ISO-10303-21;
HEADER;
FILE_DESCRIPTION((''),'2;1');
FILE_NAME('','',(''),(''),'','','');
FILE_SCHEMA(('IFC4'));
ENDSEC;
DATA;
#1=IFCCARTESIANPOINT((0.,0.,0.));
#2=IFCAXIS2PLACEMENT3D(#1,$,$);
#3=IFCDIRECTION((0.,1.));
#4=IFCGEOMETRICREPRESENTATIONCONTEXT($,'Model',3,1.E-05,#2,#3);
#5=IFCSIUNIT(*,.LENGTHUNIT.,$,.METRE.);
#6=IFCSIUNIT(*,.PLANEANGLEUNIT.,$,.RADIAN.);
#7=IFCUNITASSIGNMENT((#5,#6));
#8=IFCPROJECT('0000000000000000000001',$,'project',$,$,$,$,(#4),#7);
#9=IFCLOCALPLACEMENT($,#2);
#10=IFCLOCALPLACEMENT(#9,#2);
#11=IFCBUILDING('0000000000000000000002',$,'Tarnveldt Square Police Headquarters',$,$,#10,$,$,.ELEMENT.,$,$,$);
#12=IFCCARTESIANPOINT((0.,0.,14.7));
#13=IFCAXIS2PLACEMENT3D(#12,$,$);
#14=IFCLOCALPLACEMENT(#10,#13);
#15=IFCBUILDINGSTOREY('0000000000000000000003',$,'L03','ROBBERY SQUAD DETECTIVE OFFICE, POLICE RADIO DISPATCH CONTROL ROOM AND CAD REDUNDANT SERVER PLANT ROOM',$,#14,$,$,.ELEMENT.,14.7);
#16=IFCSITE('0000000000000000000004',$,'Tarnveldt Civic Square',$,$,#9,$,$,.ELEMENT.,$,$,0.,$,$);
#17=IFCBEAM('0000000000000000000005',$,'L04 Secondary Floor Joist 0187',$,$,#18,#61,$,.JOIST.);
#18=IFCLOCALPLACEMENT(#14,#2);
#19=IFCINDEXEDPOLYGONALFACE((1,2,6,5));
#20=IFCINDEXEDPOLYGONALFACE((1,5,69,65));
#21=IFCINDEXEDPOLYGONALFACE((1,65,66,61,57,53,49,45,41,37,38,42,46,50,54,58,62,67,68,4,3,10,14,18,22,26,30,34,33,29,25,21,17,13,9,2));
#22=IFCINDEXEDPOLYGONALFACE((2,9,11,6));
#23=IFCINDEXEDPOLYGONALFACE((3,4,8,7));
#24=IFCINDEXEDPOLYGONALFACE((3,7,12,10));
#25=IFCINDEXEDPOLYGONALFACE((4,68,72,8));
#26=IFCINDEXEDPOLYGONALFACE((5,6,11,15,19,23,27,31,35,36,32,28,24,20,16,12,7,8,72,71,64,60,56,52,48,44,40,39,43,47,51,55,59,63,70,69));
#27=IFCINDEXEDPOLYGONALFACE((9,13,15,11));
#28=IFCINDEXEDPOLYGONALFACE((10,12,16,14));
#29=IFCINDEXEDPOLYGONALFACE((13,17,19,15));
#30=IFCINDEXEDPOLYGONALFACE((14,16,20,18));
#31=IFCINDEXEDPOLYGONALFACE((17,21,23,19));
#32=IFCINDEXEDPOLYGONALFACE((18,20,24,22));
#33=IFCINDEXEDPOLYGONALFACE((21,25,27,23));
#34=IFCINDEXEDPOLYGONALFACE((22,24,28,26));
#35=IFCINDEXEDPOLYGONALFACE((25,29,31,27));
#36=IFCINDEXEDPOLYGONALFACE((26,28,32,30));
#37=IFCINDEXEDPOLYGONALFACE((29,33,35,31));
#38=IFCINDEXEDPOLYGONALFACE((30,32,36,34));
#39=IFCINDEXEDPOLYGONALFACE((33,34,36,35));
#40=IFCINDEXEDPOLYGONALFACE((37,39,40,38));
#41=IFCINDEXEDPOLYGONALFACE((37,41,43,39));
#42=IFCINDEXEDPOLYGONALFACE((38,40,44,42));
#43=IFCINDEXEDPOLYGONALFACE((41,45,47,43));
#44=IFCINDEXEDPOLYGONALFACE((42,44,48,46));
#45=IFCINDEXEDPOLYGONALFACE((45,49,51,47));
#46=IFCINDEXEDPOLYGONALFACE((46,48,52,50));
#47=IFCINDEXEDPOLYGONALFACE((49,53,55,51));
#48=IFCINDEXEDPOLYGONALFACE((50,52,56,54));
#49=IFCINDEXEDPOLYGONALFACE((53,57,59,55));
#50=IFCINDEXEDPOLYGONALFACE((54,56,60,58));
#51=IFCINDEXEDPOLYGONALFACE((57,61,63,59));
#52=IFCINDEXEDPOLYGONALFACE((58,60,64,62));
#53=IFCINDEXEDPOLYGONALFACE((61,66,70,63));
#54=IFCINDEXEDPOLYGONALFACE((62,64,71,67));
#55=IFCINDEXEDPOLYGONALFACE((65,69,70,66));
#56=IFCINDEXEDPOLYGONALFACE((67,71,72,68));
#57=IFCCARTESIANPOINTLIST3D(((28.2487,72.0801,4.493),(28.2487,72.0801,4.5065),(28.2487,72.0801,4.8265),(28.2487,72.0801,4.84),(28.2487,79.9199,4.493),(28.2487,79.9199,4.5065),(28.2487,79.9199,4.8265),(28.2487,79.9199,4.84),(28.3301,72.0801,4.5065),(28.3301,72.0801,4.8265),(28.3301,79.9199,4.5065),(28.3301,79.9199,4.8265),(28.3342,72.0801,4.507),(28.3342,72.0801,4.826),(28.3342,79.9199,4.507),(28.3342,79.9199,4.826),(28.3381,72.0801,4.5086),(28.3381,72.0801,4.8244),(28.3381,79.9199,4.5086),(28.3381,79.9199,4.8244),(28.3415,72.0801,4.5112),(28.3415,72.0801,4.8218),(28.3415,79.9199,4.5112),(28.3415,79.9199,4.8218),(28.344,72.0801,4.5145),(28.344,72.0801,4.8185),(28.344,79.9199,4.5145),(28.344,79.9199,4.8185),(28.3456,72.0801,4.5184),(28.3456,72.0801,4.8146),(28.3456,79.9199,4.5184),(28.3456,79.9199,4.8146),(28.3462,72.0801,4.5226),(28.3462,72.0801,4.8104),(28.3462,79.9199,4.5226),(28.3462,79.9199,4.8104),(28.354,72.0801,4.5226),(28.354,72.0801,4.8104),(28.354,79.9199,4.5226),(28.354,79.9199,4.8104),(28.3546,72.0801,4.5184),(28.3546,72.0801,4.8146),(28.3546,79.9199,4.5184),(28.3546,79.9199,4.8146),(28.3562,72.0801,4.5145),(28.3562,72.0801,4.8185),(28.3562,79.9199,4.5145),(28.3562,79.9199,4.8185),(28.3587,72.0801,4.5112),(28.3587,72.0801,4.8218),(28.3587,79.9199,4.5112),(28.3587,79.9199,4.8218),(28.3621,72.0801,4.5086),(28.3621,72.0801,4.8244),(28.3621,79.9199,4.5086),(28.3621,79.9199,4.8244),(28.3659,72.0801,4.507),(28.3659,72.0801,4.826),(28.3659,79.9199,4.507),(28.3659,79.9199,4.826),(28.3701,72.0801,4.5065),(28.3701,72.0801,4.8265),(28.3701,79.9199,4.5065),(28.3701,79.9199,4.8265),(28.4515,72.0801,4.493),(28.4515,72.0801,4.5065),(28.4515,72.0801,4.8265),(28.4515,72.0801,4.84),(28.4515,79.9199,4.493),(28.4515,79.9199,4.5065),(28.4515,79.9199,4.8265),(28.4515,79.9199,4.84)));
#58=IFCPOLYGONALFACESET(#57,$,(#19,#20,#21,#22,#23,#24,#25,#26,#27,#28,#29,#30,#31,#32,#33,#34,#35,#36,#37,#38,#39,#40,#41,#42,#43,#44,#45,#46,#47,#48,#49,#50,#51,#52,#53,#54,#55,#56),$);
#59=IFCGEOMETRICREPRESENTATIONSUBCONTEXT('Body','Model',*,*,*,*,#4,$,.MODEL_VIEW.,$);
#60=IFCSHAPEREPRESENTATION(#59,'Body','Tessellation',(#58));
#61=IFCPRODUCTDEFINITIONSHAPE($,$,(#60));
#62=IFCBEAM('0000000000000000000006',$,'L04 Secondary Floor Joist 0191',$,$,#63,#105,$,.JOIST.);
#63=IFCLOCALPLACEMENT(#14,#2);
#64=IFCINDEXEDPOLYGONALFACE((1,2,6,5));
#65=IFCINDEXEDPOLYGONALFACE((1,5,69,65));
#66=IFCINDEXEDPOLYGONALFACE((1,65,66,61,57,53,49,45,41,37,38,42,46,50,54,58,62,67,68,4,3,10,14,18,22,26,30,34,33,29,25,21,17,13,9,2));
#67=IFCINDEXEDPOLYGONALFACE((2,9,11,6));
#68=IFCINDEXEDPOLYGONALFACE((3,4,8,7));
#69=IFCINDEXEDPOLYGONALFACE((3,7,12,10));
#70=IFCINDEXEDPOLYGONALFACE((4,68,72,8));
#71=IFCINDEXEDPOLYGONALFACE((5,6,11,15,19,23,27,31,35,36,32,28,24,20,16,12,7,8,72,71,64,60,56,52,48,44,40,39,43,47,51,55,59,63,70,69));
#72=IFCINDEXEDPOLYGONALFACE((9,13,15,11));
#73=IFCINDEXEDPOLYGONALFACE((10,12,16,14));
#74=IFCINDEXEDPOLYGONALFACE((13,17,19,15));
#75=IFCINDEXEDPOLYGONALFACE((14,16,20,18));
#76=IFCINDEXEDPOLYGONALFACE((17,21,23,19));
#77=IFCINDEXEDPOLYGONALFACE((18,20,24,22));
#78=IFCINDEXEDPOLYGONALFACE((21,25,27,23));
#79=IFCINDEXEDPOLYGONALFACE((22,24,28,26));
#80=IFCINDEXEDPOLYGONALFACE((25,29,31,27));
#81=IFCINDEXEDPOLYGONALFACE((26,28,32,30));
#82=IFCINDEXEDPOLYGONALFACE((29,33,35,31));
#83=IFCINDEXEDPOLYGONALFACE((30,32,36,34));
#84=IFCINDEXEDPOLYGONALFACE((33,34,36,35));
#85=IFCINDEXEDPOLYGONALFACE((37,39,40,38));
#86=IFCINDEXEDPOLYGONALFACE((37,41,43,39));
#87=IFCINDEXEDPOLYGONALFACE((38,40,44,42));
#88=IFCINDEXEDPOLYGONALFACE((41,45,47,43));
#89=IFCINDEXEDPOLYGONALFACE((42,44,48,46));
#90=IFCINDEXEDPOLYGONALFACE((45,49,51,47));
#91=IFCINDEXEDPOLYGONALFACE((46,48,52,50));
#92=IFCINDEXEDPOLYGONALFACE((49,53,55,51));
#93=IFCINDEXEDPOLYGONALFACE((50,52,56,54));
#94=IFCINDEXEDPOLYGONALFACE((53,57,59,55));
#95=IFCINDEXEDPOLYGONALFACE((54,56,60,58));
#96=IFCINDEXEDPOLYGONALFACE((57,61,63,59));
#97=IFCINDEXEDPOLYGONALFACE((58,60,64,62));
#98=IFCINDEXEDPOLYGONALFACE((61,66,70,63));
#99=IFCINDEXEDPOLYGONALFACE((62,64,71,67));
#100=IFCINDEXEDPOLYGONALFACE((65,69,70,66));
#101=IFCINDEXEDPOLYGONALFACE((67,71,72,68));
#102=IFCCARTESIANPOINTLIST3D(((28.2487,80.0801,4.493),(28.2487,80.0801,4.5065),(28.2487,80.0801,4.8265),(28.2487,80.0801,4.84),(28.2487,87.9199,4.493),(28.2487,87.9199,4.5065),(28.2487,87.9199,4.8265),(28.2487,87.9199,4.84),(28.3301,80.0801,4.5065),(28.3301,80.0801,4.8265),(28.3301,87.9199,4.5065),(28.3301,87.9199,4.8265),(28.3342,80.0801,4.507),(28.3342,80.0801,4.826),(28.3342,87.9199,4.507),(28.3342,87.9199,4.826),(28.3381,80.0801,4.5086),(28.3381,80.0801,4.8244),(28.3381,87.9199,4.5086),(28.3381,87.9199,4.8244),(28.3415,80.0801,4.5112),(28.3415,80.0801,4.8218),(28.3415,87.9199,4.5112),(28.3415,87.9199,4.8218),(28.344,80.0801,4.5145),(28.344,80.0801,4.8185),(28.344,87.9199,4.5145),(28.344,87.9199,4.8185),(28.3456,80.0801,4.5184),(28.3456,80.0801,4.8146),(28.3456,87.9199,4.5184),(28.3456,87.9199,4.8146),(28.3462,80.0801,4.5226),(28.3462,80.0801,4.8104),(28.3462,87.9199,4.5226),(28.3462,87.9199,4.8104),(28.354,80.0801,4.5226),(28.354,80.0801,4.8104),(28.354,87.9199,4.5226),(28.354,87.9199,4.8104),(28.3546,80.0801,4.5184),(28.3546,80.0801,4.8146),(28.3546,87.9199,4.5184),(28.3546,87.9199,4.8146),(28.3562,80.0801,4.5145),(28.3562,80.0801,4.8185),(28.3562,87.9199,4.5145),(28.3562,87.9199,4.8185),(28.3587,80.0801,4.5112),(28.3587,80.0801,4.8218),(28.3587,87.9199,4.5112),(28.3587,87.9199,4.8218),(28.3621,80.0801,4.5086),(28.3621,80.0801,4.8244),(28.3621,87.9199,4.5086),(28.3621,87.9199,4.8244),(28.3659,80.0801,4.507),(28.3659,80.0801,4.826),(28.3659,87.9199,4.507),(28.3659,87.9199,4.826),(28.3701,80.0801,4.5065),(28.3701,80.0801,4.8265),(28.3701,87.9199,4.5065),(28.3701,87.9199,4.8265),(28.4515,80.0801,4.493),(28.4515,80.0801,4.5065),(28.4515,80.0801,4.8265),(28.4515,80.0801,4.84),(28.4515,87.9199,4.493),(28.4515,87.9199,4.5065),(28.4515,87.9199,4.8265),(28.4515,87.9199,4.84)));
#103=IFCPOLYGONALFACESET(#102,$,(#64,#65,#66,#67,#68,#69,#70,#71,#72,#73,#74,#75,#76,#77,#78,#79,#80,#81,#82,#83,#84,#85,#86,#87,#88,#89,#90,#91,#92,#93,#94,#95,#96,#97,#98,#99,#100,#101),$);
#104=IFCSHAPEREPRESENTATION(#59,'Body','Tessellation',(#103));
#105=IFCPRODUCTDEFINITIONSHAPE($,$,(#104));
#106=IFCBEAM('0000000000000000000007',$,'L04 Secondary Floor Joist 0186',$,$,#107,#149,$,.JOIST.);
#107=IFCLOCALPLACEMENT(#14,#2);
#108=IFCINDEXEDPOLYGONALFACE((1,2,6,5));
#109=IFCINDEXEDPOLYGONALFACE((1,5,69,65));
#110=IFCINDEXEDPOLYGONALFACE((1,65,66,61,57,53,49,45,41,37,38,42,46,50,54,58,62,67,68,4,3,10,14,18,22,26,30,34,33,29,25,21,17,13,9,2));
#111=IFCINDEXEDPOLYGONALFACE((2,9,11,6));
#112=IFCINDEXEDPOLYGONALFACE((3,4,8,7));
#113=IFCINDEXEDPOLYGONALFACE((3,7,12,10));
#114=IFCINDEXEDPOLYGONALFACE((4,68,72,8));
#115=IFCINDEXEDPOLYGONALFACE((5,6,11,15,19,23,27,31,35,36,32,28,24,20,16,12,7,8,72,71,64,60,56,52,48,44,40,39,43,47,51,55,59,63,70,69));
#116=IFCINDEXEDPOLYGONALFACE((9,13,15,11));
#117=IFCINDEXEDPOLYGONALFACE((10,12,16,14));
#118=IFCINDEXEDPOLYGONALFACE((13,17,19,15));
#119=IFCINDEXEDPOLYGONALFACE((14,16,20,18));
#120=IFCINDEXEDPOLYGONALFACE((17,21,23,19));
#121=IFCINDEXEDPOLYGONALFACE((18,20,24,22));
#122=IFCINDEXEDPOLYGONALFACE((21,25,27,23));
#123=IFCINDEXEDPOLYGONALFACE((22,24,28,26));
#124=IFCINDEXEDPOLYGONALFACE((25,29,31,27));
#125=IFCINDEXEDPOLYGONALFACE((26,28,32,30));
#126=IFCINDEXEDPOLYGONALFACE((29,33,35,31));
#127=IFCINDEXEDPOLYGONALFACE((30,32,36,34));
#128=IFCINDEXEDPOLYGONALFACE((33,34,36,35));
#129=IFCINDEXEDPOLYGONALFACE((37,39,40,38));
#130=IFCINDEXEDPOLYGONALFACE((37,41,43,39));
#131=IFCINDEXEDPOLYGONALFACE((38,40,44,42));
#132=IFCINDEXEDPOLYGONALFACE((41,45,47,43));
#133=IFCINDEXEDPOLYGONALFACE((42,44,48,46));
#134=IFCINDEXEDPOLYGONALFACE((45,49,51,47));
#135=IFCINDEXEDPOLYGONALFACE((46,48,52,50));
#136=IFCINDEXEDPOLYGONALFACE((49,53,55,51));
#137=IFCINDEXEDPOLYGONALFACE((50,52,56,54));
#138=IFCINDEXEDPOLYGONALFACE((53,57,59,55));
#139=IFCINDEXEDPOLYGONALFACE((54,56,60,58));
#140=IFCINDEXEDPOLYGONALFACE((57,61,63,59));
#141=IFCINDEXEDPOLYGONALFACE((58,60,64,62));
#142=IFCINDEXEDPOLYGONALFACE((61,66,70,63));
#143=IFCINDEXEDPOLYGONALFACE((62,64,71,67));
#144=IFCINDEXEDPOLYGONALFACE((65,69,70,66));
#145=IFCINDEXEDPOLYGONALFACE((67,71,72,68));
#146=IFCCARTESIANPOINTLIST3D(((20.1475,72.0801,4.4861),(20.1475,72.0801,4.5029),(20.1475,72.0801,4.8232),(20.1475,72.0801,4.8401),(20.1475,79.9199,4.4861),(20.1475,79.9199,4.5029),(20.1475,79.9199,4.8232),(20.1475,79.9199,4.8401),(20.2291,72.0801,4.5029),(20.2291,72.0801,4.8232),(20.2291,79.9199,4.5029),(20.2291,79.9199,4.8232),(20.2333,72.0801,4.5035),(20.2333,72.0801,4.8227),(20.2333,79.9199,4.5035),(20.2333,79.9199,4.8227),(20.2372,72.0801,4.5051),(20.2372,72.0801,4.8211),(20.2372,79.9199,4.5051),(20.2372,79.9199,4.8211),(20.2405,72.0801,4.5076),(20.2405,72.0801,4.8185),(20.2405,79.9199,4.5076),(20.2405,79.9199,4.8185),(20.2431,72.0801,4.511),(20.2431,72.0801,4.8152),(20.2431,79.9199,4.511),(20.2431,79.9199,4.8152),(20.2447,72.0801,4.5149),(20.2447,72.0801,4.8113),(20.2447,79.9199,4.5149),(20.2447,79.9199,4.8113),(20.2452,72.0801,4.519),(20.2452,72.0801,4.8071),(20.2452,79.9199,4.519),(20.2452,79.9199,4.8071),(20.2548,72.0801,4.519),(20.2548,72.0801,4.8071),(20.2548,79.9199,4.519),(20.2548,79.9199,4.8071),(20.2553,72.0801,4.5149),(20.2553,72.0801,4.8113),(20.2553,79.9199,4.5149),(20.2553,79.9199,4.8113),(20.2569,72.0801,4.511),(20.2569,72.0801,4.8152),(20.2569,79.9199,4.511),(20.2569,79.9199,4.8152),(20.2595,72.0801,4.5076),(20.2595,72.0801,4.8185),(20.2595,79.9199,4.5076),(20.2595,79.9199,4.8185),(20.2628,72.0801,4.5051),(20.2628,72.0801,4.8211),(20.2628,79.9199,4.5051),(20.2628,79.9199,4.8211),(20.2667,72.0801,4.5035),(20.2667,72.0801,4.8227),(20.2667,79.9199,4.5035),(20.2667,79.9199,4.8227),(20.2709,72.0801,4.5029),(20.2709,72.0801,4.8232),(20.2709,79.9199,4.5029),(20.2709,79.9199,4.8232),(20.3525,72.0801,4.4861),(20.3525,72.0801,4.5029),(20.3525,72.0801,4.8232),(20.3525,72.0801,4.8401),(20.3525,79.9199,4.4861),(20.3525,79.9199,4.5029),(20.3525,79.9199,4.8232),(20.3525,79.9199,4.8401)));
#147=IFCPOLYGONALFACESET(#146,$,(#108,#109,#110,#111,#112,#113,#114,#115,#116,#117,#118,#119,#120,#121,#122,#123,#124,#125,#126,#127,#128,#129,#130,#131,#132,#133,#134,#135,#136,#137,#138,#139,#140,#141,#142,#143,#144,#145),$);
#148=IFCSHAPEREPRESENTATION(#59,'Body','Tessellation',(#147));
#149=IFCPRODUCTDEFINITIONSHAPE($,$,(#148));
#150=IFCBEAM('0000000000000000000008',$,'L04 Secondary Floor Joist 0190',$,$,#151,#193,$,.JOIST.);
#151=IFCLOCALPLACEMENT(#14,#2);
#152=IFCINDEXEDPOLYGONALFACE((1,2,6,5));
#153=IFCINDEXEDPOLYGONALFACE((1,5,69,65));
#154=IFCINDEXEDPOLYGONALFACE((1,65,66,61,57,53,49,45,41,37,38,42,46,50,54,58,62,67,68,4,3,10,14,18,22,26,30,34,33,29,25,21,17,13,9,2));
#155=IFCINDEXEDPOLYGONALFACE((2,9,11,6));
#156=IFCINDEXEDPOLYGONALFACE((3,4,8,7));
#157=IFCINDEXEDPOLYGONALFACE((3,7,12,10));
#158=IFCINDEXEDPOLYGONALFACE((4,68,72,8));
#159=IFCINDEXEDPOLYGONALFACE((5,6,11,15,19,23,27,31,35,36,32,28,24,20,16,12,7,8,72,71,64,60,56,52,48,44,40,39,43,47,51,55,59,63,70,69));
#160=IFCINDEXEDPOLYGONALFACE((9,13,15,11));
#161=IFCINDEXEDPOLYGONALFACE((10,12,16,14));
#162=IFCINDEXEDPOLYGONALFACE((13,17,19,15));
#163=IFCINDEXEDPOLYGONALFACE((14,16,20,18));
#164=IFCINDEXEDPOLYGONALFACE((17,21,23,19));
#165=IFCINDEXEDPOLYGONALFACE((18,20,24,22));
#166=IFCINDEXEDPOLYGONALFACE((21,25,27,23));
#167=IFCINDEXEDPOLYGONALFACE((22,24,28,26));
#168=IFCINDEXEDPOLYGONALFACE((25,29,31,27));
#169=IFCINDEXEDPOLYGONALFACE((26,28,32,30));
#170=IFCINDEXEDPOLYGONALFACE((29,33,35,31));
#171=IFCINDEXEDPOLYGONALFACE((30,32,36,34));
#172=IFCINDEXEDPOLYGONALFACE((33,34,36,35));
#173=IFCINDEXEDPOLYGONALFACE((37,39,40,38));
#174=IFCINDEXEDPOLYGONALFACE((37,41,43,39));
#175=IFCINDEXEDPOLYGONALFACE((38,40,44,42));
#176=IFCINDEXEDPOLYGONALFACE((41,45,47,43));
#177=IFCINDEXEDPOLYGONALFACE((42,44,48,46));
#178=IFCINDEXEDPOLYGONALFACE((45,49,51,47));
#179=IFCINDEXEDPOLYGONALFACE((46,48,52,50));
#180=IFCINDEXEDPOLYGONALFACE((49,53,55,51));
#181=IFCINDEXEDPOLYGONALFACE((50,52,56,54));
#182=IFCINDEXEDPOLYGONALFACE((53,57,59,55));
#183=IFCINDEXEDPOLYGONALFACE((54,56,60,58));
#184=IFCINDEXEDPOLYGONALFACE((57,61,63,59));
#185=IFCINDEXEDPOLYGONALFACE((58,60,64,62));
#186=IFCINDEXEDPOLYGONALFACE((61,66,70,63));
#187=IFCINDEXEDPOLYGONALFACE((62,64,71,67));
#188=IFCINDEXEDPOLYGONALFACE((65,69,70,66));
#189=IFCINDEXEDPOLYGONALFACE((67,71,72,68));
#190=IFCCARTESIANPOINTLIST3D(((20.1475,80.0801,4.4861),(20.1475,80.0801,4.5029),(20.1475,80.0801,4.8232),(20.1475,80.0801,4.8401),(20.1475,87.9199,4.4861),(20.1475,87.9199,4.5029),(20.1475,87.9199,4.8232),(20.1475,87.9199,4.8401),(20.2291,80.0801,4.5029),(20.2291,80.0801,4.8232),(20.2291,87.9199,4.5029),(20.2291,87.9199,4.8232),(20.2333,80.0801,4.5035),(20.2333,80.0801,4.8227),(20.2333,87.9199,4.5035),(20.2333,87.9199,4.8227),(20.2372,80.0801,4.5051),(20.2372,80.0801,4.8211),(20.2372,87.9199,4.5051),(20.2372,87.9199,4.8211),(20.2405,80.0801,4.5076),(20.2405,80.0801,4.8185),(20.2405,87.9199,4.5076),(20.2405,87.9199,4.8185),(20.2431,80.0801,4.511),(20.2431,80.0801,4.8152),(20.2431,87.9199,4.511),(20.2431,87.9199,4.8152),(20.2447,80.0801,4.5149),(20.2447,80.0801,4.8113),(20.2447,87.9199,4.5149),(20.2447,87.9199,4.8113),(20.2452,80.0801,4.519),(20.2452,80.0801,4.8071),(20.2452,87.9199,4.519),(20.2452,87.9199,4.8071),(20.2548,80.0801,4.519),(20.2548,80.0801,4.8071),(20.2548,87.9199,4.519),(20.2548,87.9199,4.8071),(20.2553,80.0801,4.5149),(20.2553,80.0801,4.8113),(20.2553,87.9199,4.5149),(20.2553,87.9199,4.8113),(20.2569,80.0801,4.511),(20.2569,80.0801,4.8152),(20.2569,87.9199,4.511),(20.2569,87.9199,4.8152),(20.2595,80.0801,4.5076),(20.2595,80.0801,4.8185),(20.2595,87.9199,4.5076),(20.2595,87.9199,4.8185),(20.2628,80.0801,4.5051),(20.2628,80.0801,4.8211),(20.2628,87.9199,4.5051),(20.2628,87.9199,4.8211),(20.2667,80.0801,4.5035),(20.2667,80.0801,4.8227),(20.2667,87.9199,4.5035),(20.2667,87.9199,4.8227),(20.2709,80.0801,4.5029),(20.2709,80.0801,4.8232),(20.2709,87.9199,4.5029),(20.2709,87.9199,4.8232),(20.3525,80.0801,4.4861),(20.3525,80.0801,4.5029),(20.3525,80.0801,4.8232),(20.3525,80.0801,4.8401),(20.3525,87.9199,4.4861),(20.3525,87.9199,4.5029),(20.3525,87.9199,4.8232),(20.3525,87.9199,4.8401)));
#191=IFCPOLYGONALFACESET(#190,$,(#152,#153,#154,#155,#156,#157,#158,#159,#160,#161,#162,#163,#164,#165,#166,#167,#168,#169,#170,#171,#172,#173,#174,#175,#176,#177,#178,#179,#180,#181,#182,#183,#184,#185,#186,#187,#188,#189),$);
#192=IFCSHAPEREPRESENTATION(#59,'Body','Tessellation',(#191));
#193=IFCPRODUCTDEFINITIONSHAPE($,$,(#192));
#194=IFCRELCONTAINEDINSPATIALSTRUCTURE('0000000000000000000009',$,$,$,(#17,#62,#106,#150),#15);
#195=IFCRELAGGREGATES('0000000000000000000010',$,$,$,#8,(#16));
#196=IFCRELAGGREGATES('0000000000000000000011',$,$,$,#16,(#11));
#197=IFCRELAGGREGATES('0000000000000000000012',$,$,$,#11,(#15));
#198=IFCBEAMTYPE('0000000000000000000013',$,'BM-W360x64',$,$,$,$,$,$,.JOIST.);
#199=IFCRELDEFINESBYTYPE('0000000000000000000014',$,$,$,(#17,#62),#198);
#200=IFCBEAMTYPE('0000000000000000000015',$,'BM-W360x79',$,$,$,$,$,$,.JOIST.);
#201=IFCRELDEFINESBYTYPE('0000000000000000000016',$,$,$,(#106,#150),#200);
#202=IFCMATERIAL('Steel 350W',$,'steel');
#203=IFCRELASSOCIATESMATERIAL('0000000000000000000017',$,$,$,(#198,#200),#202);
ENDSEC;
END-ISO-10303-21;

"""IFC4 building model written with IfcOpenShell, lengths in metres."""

from ifc_helpers import new_model, si_unit, direction, frame, origin, origin_2d, place, context, subcontext, project, spatial, i_section, extrude, material, material_profile, profile_set, type_object, element, save


model = new_model("IFC4")

# Units and contexts
model_context = context("Model", 3, precision=1e-05, world=origin(), true_north=direction((0.0, 1.0)))
body_context = subcontext(model_context, "Body", "Model", "MODEL_VIEW")
ifc_project = project(units=[si_unit("LENGTHUNIT", "METRE"), si_unit("PLANEANGLEUNIT", "RADIAN")], contexts=[model_context])

# Site, building, storey
site_placement = place(None, origin())
site = spatial("IfcSite", under=ifc_project, at=site_placement, Name="Tarnveldt Civic Square", CompositionType="ELEMENT", RefElevation=0.0)
building_placement = place(site_placement, origin())
building = spatial("IfcBuilding", under=site, at=building_placement, Name="Tarnveldt Square Police Headquarters", CompositionType="ELEMENT")
storey_placement = place(building_placement, frame((0.0, 0.0, 14.7)))
storey = spatial("IfcBuildingStorey", under=building, at=storey_placement, Name="L03", Description="ROBBERY SQUAD DETECTIVE OFFICE, POLICE RADIO DISPATCH CONTROL ROOM AND CAD REDUNDANT SERVER PLANT ROOM", CompositionType="ELEMENT", Elevation=14.7)

# Beams
ifc_material_1 = material(Name="Steel 350W", Category="steel")
ifc_material_profile_1 = material_profile(ifc_material_1, i_section(OverallWidth=0.2029, OverallDepth=0.3469, WebThickness=0.0078, FlangeThickness=0.0134, FilletRadius=0.0161, at=origin_2d()), Name="W360x64")
ifc_profile_set_1 = profile_set([ifc_material_profile_1], Name="Steel 350W")
beam_type_1 = type_object("IfcBeamType", Name="BM-W360x64", PredefinedType="JOIST", material=ifc_profile_set_1)
for number, where, z_axis, x_axis, name in (
    (1, (28.3501, 72.0801, 4.6665), (0.0, 1.0, 0.0), (-1.0, 0.0, 0.0), "L04 Secondary Floor Joist 0187"),
    (2, (28.3501, 80.0801, 4.6665), (0.0, 1.0, 0.0), (-1.0, 0.0, 0.0), "L04 Secondary Floor Joist 0191"),
):
    element("IfcBeam", number, at=place(storey_placement, frame(where, z_axis=z_axis, x_axis=x_axis)), inside=storey, type_object=beam_type_1, Name=name, PredefinedType="JOIST", context=body_context, shape_type="SweptSolid", body=[
        extrude(i_section(OverallWidth=0.2029, OverallDepth=0.3469, WebThickness=0.0078, FlangeThickness=0.0134, FilletRadius=0.0161, at=origin_2d()), origin(), (0.0, 0.0, 1.0), 7.8398),
    ])
ifc_material_profile_2 = material_profile(ifc_material_1, i_section(OverallWidth=0.2051, OverallDepth=0.354, WebThickness=0.0095, FlangeThickness=0.0168, FilletRadius=0.0161, at=origin_2d()), Name="W360x79")
ifc_profile_set_2 = profile_set([ifc_material_profile_2], Name="Steel 350W")
beam_type_2 = type_object("IfcBeamType", Name="BM-W360x79", PredefinedType="JOIST", material=ifc_profile_set_2)
for number, where, z_axis, x_axis, name in (
    (3, (20.25, 72.0801, 4.6631), (0.0, 1.0, 0.0), (-1.0, 0.0, 0.0), "L04 Secondary Floor Joist 0186"),
    (4, (20.25, 80.0801, 4.6631), (0.0, 1.0, 0.0), (-1.0, 0.0, 0.0), "L04 Secondary Floor Joist 0190"),
):
    element("IfcBeam", number, at=place(storey_placement, frame(where, z_axis=z_axis, x_axis=x_axis)), inside=storey, type_object=beam_type_2, Name=name, PredefinedType="JOIST", context=body_context, shape_type="SweptSolid", body=[
        extrude(i_section(OverallWidth=0.2051, OverallDepth=0.354, WebThickness=0.0095, FlangeThickness=0.0168, FilletRadius=0.0161, at=origin_2d()), origin(), (0.0, 0.0, 1.0), 7.8398),
    ])

save(model, "model.ifc")
